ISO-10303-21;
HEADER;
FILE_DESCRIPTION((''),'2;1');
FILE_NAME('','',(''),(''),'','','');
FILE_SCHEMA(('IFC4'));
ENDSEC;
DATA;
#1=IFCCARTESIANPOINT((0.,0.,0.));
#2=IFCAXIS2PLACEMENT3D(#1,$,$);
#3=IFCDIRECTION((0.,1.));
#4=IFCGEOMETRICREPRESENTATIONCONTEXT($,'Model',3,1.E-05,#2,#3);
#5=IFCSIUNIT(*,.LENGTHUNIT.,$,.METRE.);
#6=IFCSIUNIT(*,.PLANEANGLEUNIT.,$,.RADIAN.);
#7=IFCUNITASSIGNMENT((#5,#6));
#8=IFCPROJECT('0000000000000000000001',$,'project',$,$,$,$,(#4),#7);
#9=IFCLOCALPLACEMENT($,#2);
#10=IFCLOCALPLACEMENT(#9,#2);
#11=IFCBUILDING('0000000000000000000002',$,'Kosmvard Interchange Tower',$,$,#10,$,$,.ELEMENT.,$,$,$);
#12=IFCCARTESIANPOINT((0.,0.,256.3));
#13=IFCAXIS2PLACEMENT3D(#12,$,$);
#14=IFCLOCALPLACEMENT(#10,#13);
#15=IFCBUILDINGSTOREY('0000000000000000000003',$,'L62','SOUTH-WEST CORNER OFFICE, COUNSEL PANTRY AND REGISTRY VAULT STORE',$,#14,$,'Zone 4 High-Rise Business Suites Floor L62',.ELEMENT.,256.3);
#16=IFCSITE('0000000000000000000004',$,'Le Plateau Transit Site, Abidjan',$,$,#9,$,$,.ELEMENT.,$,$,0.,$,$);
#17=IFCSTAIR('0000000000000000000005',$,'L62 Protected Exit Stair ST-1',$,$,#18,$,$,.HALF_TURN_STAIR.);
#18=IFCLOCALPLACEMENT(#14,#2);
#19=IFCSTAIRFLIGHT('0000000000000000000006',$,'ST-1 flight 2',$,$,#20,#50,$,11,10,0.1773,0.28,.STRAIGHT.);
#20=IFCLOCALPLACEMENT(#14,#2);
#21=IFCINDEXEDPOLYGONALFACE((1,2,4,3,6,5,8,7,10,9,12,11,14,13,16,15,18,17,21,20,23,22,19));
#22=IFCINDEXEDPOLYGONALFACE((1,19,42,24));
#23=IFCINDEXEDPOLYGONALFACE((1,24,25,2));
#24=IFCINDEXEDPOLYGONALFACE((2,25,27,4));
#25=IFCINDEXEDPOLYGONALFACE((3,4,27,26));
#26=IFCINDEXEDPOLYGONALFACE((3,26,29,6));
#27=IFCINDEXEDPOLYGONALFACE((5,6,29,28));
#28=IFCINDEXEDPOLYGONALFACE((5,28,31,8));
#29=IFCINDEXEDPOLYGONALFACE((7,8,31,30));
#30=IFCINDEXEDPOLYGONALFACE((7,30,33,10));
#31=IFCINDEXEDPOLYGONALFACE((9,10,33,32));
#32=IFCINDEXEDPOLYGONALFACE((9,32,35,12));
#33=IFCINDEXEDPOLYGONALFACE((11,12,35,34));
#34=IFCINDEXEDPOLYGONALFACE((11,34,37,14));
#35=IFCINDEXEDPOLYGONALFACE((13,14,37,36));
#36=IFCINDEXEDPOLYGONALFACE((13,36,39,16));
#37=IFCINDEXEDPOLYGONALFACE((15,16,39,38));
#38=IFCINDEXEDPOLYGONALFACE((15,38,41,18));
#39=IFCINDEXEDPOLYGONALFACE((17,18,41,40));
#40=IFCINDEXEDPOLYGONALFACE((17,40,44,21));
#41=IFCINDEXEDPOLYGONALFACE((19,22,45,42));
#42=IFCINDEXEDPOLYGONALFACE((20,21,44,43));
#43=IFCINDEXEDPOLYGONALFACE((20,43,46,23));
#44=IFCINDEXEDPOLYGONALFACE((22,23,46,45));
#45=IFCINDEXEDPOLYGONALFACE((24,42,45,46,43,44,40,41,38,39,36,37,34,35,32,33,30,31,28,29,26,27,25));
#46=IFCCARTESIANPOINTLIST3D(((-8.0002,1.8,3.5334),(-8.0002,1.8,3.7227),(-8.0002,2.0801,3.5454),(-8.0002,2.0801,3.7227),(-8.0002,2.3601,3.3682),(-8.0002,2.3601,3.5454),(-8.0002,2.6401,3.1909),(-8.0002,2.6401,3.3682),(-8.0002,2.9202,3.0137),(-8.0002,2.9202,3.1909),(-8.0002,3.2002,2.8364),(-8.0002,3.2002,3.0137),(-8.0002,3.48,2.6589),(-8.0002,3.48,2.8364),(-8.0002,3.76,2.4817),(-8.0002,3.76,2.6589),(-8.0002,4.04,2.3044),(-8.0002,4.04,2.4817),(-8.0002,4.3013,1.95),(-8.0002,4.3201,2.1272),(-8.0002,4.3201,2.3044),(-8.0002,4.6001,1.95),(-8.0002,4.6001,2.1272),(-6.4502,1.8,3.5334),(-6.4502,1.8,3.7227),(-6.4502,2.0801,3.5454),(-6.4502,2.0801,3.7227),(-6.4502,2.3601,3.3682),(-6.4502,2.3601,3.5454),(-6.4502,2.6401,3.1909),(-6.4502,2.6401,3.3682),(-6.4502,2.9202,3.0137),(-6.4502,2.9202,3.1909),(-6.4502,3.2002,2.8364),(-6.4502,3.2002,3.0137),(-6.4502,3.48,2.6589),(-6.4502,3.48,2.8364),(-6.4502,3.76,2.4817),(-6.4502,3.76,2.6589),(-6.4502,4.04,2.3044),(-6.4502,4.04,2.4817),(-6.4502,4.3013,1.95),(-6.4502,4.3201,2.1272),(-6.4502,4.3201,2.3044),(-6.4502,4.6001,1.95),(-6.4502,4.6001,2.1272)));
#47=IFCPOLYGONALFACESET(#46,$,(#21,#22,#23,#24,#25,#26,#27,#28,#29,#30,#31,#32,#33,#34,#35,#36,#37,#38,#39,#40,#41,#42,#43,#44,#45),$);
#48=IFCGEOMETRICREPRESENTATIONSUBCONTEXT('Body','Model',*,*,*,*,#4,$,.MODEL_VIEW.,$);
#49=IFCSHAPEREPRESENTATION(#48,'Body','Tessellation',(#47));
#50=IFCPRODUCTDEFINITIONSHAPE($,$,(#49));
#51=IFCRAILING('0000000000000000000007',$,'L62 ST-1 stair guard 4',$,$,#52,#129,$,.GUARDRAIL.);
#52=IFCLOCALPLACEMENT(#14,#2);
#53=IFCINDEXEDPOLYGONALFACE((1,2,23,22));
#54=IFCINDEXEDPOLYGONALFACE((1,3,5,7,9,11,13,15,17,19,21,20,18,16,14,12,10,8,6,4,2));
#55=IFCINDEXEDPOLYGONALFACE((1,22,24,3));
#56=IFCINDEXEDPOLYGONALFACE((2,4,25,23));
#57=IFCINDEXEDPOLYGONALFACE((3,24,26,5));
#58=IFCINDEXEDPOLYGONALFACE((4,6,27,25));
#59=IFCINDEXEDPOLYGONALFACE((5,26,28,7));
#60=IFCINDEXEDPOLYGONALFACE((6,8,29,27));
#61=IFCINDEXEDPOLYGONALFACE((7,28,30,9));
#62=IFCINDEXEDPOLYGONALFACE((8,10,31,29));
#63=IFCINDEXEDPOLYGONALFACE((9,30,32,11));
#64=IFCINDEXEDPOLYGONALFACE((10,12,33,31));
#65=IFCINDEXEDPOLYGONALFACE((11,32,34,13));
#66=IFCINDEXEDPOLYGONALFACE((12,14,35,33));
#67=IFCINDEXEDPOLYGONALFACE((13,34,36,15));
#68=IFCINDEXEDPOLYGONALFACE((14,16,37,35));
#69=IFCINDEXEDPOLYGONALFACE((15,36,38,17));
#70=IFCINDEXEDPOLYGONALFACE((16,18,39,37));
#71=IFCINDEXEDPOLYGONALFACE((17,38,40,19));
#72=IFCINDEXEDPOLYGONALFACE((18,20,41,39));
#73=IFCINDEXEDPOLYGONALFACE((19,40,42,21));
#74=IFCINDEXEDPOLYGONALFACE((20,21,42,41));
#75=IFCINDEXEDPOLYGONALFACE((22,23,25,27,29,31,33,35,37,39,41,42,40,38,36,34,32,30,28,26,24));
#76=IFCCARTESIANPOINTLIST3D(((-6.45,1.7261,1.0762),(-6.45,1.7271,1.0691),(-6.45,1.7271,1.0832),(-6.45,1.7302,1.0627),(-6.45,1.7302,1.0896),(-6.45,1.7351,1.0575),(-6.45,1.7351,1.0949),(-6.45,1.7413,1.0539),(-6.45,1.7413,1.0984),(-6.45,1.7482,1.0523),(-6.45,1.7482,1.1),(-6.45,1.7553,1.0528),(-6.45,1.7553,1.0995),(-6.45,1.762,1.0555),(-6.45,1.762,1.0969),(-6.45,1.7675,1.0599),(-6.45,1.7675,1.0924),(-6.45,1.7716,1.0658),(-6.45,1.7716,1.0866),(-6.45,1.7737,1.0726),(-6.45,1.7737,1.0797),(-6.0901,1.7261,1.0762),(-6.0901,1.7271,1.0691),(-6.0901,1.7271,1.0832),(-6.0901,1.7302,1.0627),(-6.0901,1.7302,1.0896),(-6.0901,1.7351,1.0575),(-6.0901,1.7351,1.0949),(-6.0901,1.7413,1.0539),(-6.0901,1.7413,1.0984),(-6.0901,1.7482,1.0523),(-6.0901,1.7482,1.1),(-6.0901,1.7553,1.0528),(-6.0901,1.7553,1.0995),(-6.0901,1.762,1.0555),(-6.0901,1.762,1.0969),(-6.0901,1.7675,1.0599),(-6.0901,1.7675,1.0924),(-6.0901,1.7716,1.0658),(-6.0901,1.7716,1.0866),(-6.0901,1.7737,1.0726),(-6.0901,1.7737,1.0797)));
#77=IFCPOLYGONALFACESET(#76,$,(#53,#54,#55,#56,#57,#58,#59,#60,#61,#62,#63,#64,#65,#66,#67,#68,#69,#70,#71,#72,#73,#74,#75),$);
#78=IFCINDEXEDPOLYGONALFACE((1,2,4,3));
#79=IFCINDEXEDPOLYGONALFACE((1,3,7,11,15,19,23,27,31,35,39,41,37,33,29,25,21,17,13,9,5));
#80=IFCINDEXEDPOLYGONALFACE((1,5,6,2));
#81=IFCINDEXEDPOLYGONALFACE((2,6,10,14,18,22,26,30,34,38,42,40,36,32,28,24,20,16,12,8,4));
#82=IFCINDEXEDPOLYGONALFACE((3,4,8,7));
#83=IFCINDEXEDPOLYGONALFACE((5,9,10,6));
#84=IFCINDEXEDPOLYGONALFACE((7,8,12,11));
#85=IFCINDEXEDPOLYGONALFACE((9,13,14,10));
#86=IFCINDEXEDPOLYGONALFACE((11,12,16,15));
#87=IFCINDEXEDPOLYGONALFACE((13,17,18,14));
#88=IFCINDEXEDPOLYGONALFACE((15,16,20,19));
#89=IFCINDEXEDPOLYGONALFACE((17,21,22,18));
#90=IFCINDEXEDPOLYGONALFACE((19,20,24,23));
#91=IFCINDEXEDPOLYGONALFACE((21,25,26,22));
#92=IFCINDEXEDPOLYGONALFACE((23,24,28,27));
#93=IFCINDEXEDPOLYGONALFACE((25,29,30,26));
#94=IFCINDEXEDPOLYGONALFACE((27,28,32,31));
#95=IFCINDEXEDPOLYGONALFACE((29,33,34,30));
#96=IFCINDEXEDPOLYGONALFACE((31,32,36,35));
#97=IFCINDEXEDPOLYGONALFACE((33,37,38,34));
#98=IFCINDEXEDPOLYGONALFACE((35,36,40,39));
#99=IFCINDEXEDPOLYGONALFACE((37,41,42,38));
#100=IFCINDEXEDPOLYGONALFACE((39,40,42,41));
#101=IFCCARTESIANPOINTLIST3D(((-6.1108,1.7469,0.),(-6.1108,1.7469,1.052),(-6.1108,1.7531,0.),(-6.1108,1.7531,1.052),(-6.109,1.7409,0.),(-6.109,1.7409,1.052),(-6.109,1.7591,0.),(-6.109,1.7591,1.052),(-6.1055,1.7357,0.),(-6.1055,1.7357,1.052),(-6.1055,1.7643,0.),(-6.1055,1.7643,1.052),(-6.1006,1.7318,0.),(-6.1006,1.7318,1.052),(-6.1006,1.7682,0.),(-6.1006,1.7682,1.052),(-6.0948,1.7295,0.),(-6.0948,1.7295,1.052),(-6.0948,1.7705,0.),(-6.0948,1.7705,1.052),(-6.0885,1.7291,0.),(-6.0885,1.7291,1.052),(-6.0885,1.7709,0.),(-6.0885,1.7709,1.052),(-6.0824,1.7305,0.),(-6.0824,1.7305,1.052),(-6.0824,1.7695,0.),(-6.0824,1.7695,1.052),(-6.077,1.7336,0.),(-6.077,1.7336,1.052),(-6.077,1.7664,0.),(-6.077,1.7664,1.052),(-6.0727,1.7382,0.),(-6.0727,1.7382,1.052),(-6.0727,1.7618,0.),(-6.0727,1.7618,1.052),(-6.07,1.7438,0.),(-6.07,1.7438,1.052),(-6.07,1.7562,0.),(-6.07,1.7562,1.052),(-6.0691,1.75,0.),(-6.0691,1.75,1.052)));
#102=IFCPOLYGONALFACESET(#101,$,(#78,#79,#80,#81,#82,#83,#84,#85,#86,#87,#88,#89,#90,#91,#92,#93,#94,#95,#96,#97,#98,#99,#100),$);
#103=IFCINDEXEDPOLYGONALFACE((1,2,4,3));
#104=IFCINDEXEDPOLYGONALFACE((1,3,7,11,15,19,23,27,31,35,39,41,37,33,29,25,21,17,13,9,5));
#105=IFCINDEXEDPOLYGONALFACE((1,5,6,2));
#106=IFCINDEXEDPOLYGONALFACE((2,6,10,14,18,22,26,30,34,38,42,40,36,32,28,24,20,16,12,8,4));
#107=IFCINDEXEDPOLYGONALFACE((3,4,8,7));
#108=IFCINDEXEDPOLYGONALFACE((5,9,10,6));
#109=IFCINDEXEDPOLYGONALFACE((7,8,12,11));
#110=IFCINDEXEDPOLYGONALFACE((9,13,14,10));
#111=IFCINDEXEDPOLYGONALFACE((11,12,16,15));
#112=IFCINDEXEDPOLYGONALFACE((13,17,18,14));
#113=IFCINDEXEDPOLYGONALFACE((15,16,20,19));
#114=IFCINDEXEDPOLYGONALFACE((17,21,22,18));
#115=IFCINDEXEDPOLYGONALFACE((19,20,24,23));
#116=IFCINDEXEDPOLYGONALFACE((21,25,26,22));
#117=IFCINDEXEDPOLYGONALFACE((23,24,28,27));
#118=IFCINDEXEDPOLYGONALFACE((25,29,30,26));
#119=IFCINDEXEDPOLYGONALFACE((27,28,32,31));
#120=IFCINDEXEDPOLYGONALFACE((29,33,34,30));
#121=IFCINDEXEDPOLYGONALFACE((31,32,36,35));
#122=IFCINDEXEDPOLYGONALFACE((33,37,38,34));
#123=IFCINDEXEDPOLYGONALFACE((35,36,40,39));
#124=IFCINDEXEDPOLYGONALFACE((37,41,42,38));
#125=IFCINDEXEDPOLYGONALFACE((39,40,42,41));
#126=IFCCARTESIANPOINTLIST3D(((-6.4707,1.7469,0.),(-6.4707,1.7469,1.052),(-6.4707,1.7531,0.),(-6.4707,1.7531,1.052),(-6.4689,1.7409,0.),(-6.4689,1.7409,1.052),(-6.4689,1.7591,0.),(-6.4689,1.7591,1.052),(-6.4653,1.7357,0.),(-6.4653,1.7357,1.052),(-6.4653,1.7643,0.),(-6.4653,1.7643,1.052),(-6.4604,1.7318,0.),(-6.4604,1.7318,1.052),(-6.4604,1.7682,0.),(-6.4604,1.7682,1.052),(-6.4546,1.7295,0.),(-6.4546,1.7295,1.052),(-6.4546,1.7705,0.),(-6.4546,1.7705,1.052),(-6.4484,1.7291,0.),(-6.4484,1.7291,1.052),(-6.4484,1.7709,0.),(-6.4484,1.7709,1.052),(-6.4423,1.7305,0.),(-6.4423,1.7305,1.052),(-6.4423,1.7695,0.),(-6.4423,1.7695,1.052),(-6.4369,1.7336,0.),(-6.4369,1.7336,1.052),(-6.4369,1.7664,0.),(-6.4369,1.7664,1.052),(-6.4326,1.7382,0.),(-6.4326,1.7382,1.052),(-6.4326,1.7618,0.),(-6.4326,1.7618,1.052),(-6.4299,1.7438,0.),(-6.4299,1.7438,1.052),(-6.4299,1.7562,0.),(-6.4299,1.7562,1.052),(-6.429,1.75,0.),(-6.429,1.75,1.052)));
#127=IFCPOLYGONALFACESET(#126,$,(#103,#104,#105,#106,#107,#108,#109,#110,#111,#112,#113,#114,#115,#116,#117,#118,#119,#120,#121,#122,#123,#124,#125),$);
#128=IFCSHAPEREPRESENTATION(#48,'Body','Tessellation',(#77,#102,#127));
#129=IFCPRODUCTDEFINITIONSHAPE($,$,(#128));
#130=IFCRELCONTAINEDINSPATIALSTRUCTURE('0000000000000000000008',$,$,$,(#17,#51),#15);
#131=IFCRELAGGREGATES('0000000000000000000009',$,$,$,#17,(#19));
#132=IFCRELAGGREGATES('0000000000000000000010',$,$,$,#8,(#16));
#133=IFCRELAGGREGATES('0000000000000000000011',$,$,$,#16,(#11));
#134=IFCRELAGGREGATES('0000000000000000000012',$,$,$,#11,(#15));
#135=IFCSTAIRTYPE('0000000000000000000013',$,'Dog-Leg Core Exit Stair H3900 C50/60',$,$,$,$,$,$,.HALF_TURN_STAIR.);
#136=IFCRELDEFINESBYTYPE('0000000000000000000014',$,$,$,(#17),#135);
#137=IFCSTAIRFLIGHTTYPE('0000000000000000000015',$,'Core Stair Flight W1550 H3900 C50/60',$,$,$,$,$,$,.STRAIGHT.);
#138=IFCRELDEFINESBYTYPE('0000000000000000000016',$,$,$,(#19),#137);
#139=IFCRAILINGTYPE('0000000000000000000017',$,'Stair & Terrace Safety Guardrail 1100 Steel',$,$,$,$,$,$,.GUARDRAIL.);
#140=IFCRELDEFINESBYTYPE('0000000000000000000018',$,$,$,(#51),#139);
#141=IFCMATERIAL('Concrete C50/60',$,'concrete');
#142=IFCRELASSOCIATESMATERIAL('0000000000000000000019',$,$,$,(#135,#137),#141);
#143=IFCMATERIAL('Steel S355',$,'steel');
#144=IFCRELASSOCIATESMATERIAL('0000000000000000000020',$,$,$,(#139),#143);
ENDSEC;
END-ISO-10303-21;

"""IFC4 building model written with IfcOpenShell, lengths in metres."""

from ifc_helpers import new_model, si_unit, direction, frame, origin, origin_2d, place, context, subcontext, project, spatial, polyline, circle, outline, extrude, source, transform, mapped, material, type_object, element, aggregate, save


model = new_model("IFC4")

# Units and contexts
model_context = context("Model", 3, precision=1e-05, world=origin(), true_north=direction((0.0, 1.0)))
body_context = subcontext(model_context, "Body", "Model", "MODEL_VIEW")
ifc_project = project(units=[si_unit("LENGTHUNIT", "METRE"), si_unit("PLANEANGLEUNIT", "RADIAN")], contexts=[model_context])

# Site, building, storey
site_placement = place(None, origin())
site = spatial("IfcSite", under=ifc_project, at=site_placement, Name="Le Plateau Transit Site, Abidjan", CompositionType="ELEMENT", RefElevation=0.0)
building_placement = place(site_placement, origin())
building = spatial("IfcBuilding", under=site, at=building_placement, Name="Kosmvard Interchange Tower", CompositionType="ELEMENT")
storey_placement = place(building_placement, frame((0.0, 0.0, 256.3)))
storey = spatial("IfcBuildingStorey", under=building, at=storey_placement, Name="L62", Description="SOUTH-WEST CORNER OFFICE, COUNSEL PANTRY AND REGISTRY VAULT STORE", LongName="Zone 4 High-Rise Business Suites Floor L62", CompositionType="ELEMENT", Elevation=256.3)

# Stair, stair flight
ifc_material_1 = material(Name="Concrete C50/60", Category="concrete")
stair_type = type_object("IfcStairType", Name="Dog-Leg Core Exit Stair H3900 C50/60", PredefinedType="HALF_TURN_STAIR", material=ifc_material_1)
stair_placement = place(storey_placement, origin())
stair = element("IfcStair", 1, at=stair_placement, inside=storey, type_object=stair_type, Name="L62 Protected Exit Stair ST-1", PredefinedType="HALF_TURN_STAIR")
stair_flight_type = type_object("IfcStairFlightType", Name="Core Stair Flight W1550 H3900 C50/60", PredefinedType="STRAIGHT", material=ifc_material_1)
shared_shape_1 = source(origin(), body_context, "Body", "SweptSolid", [
    extrude(outline(polyline([(0.0, 0.0), (0.0, 0.1772), (0.28, 0.1772), (0.28, 0.3545), (0.5601, 0.3545), (0.5601, 0.5317), (0.8401, 0.5317), (0.8401, 0.709), (1.1201, 0.709), (1.1201, 0.8865), (1.3999, 0.8865), (1.3999, 1.0637), (1.6799, 1.0637), (1.6799, 1.241), (1.96, 1.241), (1.96, 1.4182), (2.24, 1.4182), (2.24, 1.5955), (2.52, 1.5955), (2.52, 1.7727), (2.8, 1.7727), (2.8, 1.95), (2.8, 1.5835), (0.2988, 0.0), (0.0, 0.0)])), frame((0.0, 0.7749, 0.0), z_axis=(0.0, -1.0, 0.0), x_axis=(1.0, 0.0, 0.0)), (0.0, 0.0, 1.0), 1.55),
])
stair_flight_1_placement = place(storey_placement, frame((-7.2251, 4.6001, 1.95), z_axis=(0.0, 0.0, 1.0), x_axis=(0.0, -1.0, 0.0)))
stair_flight_1 = element("IfcStairFlight", 2, at=stair_flight_1_placement, type_object=stair_flight_type, Name="ST-1 flight 2", NumberOfRisers=11, NumberOfTreads=10, PredefinedType="STRAIGHT", RiserHeight=0.1773, TreadLength=0.28, context=body_context, shape_type="MappedRepresentation", body=[
    mapped(shared_shape_1, transform((0.0, 0.0, 0.0), scale=1.0)),
])
aggregate(stair, [stair_flight_1])

# Railing
ifc_material_2 = material(Name="Steel S355", Category="steel")
railing_type_1 = type_object("IfcRailingType", Name="Stair & Terrace Safety Guardrail 1100 Steel", PredefinedType="GUARDRAIL", material=ifc_material_2)
shared_shape_2 = source(origin(), body_context, "Body", "SweptSolid", [
    extrude(circle(Radius=0.0239, at=origin_2d()), frame((0.0, 0.0, 1.0762), z_axis=(-1.0, 0.0, 0.0), x_axis=(0.0, -1.0, 0.0)), (0.0, 0.0, 1.0), 0.3599),
    extrude(circle(Radius=0.021, at=origin_2d()), origin(), (0.0, 0.0, 1.0), 1.052),
    extrude(circle(Radius=0.021, at=origin_2d()), frame((-0.3599, 0.0, 0.0)), (0.0, 0.0, 1.0), 1.052),
])
railing_1_placement = place(storey_placement, frame((-6.0901, 1.75, 0.0)))
element("IfcRailing", 3, at=railing_1_placement, inside=storey, type_object=railing_type_1, Name="L62 ST-1 stair guard 4", PredefinedType="GUARDRAIL", context=body_context, shape_type="MappedRepresentation", body=[
    mapped(shared_shape_2, transform((0.0, 0.0, 0.0), scale=1.0)),
])

save(model, "model.ifc")
